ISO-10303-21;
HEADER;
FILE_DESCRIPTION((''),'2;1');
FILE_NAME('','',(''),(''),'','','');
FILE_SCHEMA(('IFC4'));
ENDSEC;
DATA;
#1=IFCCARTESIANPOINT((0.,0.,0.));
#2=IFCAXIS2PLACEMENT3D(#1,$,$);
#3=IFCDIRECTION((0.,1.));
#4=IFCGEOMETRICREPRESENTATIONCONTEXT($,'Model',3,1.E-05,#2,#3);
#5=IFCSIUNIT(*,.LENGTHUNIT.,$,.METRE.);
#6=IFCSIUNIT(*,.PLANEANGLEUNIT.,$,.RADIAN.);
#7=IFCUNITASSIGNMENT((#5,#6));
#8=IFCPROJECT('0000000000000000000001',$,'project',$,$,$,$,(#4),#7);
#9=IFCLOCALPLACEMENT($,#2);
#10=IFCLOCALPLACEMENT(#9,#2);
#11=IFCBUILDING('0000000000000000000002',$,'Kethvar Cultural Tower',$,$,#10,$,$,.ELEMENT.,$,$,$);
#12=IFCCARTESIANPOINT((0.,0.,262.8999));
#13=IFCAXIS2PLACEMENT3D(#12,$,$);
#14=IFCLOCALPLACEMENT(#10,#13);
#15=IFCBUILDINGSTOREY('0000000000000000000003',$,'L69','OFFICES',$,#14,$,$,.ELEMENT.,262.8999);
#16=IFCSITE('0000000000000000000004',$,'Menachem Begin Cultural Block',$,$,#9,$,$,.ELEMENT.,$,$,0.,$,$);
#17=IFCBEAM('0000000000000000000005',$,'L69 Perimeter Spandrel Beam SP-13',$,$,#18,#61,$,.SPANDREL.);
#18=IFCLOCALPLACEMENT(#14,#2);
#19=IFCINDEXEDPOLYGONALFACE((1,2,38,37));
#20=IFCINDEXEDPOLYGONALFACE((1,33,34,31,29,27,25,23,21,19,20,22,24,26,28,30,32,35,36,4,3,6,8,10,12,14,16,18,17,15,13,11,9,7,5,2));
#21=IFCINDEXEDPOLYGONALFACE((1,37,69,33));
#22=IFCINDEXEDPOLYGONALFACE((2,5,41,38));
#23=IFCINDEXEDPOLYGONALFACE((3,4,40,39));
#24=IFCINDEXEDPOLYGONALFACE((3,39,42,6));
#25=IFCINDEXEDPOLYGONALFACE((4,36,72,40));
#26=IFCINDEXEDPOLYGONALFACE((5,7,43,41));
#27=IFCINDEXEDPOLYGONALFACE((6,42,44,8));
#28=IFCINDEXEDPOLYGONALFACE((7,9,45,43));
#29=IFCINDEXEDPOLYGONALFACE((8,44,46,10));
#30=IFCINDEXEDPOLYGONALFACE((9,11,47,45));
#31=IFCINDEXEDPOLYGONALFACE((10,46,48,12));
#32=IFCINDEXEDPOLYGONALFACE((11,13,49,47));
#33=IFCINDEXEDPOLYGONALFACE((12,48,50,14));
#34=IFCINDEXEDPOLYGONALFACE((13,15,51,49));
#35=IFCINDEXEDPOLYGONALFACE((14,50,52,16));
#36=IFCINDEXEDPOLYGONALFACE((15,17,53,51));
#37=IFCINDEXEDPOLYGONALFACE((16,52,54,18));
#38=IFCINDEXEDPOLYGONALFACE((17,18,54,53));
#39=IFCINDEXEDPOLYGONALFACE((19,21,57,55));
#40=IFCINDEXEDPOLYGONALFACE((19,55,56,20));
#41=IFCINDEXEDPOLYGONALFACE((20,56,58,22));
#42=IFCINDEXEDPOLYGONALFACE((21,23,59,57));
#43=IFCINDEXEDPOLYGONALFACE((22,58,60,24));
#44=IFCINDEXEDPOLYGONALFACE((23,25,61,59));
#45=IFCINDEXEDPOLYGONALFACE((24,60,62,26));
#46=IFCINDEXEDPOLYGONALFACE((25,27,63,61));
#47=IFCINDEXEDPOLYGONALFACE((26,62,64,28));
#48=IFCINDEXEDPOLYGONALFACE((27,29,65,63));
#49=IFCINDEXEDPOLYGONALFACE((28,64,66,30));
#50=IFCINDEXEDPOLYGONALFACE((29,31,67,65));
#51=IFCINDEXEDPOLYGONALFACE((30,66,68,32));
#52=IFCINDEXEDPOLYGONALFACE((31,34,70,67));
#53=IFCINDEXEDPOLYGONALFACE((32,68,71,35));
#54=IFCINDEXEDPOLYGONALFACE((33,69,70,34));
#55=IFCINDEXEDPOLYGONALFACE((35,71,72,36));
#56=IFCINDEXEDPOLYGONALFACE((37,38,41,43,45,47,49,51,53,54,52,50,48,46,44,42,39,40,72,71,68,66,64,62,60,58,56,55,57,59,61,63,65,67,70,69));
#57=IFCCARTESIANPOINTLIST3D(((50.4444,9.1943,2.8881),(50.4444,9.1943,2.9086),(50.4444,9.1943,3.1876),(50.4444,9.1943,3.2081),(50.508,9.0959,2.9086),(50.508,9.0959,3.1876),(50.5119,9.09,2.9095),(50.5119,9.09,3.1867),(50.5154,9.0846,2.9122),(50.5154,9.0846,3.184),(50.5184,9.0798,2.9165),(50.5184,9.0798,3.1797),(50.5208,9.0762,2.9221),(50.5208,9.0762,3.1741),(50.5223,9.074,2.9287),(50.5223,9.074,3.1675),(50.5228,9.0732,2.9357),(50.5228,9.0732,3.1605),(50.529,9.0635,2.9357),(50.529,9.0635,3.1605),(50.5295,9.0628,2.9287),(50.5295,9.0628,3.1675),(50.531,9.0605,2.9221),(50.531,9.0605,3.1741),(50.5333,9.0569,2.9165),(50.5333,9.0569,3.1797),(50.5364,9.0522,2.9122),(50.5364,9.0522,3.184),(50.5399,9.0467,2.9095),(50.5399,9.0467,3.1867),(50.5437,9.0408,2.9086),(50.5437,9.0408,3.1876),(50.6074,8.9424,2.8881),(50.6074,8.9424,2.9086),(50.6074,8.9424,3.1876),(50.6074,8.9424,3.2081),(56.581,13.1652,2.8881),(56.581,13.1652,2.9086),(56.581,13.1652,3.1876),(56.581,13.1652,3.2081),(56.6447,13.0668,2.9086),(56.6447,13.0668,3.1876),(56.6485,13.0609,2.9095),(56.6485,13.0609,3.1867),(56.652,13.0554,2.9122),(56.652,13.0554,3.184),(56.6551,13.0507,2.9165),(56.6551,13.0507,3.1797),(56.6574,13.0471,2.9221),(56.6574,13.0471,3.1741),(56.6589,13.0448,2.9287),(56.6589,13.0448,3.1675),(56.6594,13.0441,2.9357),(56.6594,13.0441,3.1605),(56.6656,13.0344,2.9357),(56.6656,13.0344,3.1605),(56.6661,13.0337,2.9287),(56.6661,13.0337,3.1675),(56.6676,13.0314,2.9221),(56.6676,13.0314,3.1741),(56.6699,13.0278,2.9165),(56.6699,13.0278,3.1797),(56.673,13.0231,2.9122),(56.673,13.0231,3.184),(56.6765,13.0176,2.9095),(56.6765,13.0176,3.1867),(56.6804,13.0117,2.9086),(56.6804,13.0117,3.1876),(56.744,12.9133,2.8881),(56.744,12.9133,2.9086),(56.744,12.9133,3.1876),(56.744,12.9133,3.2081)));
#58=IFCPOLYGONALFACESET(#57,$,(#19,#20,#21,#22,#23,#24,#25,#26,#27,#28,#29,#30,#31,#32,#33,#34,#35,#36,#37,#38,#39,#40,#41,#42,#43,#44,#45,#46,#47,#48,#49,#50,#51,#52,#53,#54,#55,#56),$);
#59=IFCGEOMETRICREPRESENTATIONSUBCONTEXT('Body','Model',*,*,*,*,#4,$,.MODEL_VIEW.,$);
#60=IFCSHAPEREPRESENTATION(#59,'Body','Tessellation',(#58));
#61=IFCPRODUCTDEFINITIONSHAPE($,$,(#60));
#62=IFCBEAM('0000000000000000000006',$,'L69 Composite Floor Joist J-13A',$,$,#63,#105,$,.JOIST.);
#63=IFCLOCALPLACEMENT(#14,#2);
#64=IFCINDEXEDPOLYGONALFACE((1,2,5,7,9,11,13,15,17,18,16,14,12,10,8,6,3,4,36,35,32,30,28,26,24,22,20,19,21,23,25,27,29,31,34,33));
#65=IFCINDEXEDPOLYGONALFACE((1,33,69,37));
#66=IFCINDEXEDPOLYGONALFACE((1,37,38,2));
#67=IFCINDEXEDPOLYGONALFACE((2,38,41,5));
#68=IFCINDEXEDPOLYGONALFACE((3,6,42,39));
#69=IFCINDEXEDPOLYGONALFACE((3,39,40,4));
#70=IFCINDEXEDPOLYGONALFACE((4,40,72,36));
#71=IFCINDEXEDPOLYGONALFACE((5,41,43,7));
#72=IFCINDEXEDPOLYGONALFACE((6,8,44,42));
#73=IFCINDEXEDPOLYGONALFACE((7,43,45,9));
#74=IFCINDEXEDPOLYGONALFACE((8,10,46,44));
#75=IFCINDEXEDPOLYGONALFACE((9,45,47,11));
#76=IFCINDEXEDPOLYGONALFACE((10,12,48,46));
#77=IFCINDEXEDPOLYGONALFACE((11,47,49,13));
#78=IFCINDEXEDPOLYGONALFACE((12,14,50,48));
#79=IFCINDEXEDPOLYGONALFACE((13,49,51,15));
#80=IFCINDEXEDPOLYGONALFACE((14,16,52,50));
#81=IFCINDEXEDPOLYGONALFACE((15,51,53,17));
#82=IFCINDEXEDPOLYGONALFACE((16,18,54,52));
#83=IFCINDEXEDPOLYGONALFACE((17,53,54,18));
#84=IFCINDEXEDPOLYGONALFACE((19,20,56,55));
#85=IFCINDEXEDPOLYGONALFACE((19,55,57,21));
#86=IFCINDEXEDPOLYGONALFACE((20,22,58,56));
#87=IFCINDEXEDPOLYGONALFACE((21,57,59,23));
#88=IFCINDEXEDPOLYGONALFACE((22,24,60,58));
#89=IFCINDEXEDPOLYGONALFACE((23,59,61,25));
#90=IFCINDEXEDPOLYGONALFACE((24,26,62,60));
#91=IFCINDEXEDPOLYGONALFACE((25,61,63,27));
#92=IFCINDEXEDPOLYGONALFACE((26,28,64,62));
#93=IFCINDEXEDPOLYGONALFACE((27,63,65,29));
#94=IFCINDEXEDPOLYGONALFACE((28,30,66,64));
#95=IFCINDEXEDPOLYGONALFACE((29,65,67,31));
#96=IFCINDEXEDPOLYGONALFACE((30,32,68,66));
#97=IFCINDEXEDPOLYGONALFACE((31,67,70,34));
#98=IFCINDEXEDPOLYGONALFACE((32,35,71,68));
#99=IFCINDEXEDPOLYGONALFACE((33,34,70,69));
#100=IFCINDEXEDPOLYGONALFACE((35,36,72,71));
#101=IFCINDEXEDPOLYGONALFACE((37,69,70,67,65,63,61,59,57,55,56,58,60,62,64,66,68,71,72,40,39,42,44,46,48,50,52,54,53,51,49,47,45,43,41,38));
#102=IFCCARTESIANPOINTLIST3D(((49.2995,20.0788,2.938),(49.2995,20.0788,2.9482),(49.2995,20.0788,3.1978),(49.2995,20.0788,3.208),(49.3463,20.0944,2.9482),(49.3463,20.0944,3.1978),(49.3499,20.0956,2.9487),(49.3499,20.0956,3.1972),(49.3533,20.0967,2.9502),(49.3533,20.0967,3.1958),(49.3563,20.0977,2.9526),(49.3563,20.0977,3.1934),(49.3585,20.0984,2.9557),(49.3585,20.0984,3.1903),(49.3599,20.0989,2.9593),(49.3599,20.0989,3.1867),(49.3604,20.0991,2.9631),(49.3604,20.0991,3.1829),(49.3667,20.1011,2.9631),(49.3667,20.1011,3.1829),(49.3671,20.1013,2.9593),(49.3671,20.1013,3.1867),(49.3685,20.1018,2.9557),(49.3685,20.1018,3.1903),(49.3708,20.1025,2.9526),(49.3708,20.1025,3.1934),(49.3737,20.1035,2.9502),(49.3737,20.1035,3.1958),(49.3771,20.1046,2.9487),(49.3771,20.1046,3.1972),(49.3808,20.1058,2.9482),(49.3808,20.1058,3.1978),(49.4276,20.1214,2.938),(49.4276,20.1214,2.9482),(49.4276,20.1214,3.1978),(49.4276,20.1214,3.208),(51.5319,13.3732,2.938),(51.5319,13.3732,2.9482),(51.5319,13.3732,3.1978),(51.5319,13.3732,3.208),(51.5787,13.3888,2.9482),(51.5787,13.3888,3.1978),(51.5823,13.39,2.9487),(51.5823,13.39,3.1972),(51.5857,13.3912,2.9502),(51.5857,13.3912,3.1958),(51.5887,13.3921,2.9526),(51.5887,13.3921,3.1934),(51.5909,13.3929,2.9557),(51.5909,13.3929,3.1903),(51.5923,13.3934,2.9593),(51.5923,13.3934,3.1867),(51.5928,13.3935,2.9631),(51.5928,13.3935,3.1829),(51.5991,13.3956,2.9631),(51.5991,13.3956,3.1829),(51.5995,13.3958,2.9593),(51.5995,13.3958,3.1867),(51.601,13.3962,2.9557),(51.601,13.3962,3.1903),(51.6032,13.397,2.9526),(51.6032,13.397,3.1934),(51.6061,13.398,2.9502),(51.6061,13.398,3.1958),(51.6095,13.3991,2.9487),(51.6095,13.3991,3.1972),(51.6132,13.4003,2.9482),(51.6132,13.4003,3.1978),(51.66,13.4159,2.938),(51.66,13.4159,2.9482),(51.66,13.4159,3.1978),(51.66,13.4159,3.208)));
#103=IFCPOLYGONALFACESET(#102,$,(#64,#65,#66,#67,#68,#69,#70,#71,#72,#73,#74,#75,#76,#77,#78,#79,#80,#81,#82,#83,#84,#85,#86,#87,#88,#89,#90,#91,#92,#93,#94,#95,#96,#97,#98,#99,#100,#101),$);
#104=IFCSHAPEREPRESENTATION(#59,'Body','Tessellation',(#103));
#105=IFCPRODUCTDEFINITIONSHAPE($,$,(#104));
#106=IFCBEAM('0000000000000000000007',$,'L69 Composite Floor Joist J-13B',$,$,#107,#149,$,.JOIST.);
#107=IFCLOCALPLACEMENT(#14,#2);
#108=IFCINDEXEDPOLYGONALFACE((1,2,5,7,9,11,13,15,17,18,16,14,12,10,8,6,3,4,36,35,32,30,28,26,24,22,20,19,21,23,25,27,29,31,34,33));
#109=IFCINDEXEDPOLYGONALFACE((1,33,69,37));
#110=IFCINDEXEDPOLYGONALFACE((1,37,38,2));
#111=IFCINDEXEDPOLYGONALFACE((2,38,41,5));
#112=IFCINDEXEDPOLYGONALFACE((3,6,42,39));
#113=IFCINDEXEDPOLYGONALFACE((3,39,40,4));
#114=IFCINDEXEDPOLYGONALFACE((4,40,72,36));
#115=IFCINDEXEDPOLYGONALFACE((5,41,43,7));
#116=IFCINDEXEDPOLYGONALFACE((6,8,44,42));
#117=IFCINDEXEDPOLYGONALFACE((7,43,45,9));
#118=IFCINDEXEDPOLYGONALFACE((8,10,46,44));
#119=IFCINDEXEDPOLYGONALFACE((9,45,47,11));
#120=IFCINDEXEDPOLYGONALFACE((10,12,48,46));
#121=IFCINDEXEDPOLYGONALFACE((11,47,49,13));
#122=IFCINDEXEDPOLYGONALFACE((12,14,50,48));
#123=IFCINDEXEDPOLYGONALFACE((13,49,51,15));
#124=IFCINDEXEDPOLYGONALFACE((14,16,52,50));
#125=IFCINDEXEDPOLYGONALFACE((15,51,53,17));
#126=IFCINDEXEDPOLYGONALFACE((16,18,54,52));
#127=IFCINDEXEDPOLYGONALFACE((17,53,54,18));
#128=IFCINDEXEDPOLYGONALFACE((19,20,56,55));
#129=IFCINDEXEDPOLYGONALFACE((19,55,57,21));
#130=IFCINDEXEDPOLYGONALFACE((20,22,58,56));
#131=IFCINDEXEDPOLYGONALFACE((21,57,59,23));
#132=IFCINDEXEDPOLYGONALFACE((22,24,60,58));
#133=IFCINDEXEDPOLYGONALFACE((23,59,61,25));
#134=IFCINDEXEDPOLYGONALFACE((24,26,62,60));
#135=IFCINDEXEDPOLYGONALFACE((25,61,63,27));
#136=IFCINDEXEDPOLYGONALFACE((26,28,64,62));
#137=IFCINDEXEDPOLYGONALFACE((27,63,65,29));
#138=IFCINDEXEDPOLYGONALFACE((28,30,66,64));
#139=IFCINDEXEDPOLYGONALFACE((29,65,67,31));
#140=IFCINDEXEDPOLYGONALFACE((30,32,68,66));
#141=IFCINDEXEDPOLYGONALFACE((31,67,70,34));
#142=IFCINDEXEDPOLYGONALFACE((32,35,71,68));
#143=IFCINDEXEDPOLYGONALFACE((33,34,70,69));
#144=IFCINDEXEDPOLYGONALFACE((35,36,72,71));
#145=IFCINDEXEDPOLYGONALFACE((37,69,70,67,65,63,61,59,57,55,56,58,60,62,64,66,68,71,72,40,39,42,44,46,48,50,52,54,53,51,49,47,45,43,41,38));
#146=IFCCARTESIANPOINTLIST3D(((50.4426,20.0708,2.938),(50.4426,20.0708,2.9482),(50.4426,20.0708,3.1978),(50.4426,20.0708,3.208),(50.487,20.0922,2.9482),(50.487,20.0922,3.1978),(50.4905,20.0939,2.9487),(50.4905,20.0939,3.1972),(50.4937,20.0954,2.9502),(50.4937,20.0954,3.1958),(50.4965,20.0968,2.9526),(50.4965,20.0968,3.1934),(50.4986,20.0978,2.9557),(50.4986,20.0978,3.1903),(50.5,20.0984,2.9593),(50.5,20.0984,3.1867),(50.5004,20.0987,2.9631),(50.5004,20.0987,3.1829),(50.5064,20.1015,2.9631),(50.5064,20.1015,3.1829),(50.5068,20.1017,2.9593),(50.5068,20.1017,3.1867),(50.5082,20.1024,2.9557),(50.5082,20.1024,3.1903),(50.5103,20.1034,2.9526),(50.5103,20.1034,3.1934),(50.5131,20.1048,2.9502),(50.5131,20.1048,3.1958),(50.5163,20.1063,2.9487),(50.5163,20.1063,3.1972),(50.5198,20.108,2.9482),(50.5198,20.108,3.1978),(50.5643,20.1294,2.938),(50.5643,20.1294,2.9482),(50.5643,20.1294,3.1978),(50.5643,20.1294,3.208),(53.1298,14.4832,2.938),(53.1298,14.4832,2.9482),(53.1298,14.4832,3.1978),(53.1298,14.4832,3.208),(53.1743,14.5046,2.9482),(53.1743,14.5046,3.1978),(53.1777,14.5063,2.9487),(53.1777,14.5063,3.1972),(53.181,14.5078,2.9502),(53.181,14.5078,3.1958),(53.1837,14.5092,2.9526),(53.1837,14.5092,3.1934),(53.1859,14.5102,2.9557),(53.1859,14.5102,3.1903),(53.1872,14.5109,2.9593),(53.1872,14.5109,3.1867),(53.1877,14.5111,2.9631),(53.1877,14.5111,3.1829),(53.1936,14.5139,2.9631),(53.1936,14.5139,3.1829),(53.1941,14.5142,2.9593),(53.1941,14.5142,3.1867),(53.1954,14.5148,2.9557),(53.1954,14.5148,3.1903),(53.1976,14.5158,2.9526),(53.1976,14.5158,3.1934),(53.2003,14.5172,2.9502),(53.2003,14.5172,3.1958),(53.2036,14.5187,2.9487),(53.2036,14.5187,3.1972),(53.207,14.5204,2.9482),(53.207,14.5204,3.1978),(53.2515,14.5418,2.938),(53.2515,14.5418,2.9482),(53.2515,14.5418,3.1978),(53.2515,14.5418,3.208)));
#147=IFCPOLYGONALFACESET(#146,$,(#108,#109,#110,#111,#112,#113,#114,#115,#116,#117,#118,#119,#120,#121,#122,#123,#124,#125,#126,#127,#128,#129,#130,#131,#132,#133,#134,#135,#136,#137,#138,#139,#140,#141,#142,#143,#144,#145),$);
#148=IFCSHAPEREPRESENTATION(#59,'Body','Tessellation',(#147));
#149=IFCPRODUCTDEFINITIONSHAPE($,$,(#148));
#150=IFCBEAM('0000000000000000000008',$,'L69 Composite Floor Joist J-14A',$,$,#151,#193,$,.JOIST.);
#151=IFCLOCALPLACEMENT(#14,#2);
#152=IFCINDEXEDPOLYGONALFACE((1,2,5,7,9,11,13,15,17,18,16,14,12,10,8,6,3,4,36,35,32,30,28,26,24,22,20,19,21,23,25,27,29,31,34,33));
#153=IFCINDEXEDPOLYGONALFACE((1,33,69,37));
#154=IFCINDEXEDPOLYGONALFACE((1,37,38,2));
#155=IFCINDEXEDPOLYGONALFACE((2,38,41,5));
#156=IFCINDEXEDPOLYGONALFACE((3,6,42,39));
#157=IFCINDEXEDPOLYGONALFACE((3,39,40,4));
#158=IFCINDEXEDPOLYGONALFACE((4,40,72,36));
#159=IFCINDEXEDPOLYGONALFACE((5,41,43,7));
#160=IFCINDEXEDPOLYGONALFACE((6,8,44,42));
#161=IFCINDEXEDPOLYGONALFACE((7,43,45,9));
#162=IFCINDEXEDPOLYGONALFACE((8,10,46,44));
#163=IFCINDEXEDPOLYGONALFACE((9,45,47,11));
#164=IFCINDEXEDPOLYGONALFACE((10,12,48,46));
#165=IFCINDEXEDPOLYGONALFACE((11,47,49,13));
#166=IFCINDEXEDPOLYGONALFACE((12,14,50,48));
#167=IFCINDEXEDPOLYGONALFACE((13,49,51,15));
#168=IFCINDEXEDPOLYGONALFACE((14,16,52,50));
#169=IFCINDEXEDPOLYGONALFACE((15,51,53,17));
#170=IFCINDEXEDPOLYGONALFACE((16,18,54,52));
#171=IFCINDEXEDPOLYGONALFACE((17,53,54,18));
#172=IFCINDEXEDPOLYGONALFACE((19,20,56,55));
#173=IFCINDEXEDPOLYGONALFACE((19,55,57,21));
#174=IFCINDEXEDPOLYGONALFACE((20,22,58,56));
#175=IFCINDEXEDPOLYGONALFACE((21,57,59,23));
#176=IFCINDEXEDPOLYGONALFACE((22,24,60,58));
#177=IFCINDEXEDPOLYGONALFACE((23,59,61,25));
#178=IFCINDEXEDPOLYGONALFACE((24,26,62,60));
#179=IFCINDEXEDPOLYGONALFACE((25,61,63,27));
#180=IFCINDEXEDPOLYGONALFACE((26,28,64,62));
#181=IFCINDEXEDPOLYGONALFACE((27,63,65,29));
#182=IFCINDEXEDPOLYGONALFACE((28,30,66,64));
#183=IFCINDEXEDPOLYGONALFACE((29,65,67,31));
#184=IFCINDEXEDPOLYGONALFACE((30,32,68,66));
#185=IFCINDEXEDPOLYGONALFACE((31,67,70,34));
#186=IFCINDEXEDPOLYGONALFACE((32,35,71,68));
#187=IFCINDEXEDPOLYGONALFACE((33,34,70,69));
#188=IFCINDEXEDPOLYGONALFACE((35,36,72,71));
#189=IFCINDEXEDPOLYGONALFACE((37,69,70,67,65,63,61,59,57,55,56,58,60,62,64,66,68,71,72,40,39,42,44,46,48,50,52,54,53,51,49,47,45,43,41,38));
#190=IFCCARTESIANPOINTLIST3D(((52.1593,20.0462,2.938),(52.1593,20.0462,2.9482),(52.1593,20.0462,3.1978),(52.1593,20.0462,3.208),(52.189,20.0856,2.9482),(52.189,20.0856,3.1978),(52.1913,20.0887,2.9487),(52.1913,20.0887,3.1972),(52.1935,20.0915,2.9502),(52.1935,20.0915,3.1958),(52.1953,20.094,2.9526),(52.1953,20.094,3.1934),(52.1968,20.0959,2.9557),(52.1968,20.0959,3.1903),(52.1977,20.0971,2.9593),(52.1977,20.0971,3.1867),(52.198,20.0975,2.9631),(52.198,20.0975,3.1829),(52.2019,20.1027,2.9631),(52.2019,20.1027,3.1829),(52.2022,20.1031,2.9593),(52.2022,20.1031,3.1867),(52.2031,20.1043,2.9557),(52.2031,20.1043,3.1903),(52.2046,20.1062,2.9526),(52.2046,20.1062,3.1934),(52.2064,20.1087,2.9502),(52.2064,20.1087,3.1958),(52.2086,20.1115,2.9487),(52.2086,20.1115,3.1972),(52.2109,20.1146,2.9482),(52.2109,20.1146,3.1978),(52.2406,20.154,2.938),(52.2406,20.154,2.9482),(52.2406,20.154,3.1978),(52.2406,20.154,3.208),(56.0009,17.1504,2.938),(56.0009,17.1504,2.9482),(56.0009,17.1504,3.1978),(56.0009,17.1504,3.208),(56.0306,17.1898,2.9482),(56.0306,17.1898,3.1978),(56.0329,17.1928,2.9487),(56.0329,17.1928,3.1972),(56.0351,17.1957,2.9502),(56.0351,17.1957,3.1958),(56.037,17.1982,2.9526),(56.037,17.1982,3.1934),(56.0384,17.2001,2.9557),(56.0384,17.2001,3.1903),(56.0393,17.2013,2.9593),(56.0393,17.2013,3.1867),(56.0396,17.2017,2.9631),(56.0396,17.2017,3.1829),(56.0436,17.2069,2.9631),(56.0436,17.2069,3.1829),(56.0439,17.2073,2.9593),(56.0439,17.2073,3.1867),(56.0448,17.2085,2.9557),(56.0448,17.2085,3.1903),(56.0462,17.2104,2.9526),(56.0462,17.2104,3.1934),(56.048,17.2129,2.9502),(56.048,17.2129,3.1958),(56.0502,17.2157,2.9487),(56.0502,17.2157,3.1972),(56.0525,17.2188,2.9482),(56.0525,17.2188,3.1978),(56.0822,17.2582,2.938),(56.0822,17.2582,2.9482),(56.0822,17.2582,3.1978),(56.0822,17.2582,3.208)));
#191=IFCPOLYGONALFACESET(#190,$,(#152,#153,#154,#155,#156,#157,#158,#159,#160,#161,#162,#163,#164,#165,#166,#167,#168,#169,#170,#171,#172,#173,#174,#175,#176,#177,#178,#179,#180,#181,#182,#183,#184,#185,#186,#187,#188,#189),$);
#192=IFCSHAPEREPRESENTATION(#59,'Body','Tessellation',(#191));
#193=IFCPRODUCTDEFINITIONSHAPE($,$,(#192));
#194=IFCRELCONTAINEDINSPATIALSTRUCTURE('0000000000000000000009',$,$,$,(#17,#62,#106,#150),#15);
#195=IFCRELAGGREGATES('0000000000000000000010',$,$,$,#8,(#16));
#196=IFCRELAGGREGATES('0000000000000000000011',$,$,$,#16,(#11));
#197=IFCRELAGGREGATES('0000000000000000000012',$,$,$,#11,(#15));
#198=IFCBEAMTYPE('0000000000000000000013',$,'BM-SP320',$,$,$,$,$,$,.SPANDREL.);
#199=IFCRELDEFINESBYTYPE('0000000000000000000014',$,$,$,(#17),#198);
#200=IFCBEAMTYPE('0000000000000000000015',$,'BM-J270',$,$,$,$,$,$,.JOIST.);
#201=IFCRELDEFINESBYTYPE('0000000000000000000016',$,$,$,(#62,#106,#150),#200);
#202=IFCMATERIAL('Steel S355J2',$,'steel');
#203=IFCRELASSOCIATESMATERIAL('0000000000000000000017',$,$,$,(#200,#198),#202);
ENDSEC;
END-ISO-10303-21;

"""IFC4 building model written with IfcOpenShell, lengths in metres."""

from ifc_helpers import new_model, si_unit, direction, frame, origin, origin_2d, place, context, subcontext, project, spatial, i_section, extrude, source, transform, mapped, material, material_profile, profile_set, type_object, element, save


model = new_model("IFC4")

# Units and contexts
model_context = context("Model", 3, precision=1e-05, world=origin(), true_north=direction((0.0, 1.0)))
body_context = subcontext(model_context, "Body", "Model", "MODEL_VIEW")
ifc_project = project(units=[si_unit("LENGTHUNIT", "METRE"), si_unit("PLANEANGLEUNIT", "RADIAN")], contexts=[model_context])

# Site, building, storey
site_placement = place(None, origin())
site = spatial("IfcSite", under=ifc_project, at=site_placement, Name="Menachem Begin Cultural Block", CompositionType="ELEMENT", RefElevation=0.0)
building_placement = place(site_placement, origin())
building = spatial("IfcBuilding", under=site, at=building_placement, Name="Kethvar Cultural Tower", CompositionType="ELEMENT")
storey_placement = place(building_placement, frame((0.0, 0.0, 262.8999)))
storey = spatial("IfcBuildingStorey", under=building, at=storey_placement, Name="L69", Description="OFFICES", CompositionType="ELEMENT", Elevation=262.8999)

# Beams
ifc_material_1 = material(Name="Steel S355J2", Category="steel")
ifc_material_profile_1 = material_profile(ifc_material_1, i_section(OverallWidth=0.135, OverallDepth=0.27, WebThickness=0.0066, FlangeThickness=0.0103, FilletRadius=0.0149, at=origin_2d()), Name="Steel S355J2 — IPE270")
ifc_profile_set_1 = profile_set([ifc_material_profile_1], Name="Steel S355J2 — IPE270")
beam_type_1 = type_object("IfcBeamType", Name="BM-J270", PredefinedType="JOIST", material=ifc_profile_set_1)
ifc_material_profile_2 = material_profile(ifc_material_1, i_section(OverallWidth=0.3, OverallDepth=0.3201, WebThickness=0.0115, FlangeThickness=0.0205, FilletRadius=0.0271, at=origin_2d()), Name="Steel S355J2 — HEB320")
ifc_profile_set_2 = profile_set([ifc_material_profile_2], Name="Steel S355J2 — HEB320")
beam_type_2 = type_object("IfcBeamType", Name="BM-SP320", PredefinedType="SPANDREL", material=ifc_profile_set_2)
shared_shape_1 = source(origin(), body_context, "Body", "SweptSolid", [
    extrude(i_section(OverallWidth=0.3, OverallDepth=0.3201, WebThickness=0.0115, FlangeThickness=0.0205, FilletRadius=0.0271, at=origin_2d()), origin(), (0.0, 0.0, 1.0), 7.3093),
])
beam_1_placement = place(storey_placement, frame((50.5259, 9.0684, 3.0481), z_axis=(0.839562, 0.543264, 0.0), x_axis=(-0.543264, 0.839562, 0.0)))
element("IfcBeam", 1, at=beam_1_placement, inside=storey, type_object=beam_type_2, Name="L69 Perimeter Spandrel Beam SP-13", PredefinedType="SPANDREL", context=body_context, shape_type="MappedRepresentation", body=[
    mapped(shared_shape_1, transform((0.0, 0.0, 0.0), scale=1.0)),
])
shared_shape_2 = source(origin(), body_context, "Body", "SweptSolid", [
    extrude(i_section(OverallWidth=0.135, OverallDepth=0.27, WebThickness=0.0066, FlangeThickness=0.0103, FilletRadius=0.0149, at=origin_2d()), origin(), (0.0, 0.0, 1.0), 7.0674),
])
beam_2_placement = place(storey_placement, frame((49.3635, 20.1001, 3.073), z_axis=(0.315875, -0.948801, 0.0), x_axis=(0.948801, 0.315875, 0.0)))
element("IfcBeam", 2, at=beam_2_placement, inside=storey, type_object=beam_type_1, Name="L69 Composite Floor Joist J-13A", PredefinedType="JOIST", context=body_context, shape_type="MappedRepresentation", body=[
    mapped(shared_shape_2, transform((0.0, 0.0, 0.0), scale=1.0)),
])
shared_shape_3 = source(origin(), body_context, "Body", "SweptSolid", [
    extrude(i_section(OverallWidth=0.135, OverallDepth=0.27, WebThickness=0.0066, FlangeThickness=0.0103, FilletRadius=0.0149, at=origin_2d()), origin(), (0.0, 0.0, 1.0), 6.2002),
])
beam_3_placement = place(storey_placement, frame((50.5034, 20.1001, 3.073), z_axis=(0.433411, -0.901197, 0.0), x_axis=(0.901197, 0.433411, 0.0)))
element("IfcBeam", 3, at=beam_3_placement, inside=storey, type_object=beam_type_1, Name="L69 Composite Floor Joist J-13B", PredefinedType="JOIST", context=body_context, shape_type="MappedRepresentation", body=[
    mapped(shared_shape_3, transform((0.0, 0.0, 0.0), scale=1.0)),
])
shared_shape_4 = source(origin(), body_context, "Body", "SweptSolid", [
    extrude(i_section(OverallWidth=0.135, OverallDepth=0.27, WebThickness=0.0066, FlangeThickness=0.0103, FilletRadius=0.0149, at=origin_2d()), origin(), (0.0, 0.0, 1.0), 4.8108),
])
beam_4_placement = place(storey_placement, frame((52.2, 20.1001, 3.073), z_axis=(0.798542, -0.601939, 0.0), x_axis=(0.601939, 0.798542, 0.0)))
element("IfcBeam", 4, at=beam_4_placement, inside=storey, type_object=beam_type_1, Name="L69 Composite Floor Joist J-14A", PredefinedType="JOIST", context=body_context, shape_type="MappedRepresentation", body=[
    mapped(shared_shape_4, transform((0.0, 0.0, 0.0), scale=1.0)),
])

save(model, "model.ifc")
